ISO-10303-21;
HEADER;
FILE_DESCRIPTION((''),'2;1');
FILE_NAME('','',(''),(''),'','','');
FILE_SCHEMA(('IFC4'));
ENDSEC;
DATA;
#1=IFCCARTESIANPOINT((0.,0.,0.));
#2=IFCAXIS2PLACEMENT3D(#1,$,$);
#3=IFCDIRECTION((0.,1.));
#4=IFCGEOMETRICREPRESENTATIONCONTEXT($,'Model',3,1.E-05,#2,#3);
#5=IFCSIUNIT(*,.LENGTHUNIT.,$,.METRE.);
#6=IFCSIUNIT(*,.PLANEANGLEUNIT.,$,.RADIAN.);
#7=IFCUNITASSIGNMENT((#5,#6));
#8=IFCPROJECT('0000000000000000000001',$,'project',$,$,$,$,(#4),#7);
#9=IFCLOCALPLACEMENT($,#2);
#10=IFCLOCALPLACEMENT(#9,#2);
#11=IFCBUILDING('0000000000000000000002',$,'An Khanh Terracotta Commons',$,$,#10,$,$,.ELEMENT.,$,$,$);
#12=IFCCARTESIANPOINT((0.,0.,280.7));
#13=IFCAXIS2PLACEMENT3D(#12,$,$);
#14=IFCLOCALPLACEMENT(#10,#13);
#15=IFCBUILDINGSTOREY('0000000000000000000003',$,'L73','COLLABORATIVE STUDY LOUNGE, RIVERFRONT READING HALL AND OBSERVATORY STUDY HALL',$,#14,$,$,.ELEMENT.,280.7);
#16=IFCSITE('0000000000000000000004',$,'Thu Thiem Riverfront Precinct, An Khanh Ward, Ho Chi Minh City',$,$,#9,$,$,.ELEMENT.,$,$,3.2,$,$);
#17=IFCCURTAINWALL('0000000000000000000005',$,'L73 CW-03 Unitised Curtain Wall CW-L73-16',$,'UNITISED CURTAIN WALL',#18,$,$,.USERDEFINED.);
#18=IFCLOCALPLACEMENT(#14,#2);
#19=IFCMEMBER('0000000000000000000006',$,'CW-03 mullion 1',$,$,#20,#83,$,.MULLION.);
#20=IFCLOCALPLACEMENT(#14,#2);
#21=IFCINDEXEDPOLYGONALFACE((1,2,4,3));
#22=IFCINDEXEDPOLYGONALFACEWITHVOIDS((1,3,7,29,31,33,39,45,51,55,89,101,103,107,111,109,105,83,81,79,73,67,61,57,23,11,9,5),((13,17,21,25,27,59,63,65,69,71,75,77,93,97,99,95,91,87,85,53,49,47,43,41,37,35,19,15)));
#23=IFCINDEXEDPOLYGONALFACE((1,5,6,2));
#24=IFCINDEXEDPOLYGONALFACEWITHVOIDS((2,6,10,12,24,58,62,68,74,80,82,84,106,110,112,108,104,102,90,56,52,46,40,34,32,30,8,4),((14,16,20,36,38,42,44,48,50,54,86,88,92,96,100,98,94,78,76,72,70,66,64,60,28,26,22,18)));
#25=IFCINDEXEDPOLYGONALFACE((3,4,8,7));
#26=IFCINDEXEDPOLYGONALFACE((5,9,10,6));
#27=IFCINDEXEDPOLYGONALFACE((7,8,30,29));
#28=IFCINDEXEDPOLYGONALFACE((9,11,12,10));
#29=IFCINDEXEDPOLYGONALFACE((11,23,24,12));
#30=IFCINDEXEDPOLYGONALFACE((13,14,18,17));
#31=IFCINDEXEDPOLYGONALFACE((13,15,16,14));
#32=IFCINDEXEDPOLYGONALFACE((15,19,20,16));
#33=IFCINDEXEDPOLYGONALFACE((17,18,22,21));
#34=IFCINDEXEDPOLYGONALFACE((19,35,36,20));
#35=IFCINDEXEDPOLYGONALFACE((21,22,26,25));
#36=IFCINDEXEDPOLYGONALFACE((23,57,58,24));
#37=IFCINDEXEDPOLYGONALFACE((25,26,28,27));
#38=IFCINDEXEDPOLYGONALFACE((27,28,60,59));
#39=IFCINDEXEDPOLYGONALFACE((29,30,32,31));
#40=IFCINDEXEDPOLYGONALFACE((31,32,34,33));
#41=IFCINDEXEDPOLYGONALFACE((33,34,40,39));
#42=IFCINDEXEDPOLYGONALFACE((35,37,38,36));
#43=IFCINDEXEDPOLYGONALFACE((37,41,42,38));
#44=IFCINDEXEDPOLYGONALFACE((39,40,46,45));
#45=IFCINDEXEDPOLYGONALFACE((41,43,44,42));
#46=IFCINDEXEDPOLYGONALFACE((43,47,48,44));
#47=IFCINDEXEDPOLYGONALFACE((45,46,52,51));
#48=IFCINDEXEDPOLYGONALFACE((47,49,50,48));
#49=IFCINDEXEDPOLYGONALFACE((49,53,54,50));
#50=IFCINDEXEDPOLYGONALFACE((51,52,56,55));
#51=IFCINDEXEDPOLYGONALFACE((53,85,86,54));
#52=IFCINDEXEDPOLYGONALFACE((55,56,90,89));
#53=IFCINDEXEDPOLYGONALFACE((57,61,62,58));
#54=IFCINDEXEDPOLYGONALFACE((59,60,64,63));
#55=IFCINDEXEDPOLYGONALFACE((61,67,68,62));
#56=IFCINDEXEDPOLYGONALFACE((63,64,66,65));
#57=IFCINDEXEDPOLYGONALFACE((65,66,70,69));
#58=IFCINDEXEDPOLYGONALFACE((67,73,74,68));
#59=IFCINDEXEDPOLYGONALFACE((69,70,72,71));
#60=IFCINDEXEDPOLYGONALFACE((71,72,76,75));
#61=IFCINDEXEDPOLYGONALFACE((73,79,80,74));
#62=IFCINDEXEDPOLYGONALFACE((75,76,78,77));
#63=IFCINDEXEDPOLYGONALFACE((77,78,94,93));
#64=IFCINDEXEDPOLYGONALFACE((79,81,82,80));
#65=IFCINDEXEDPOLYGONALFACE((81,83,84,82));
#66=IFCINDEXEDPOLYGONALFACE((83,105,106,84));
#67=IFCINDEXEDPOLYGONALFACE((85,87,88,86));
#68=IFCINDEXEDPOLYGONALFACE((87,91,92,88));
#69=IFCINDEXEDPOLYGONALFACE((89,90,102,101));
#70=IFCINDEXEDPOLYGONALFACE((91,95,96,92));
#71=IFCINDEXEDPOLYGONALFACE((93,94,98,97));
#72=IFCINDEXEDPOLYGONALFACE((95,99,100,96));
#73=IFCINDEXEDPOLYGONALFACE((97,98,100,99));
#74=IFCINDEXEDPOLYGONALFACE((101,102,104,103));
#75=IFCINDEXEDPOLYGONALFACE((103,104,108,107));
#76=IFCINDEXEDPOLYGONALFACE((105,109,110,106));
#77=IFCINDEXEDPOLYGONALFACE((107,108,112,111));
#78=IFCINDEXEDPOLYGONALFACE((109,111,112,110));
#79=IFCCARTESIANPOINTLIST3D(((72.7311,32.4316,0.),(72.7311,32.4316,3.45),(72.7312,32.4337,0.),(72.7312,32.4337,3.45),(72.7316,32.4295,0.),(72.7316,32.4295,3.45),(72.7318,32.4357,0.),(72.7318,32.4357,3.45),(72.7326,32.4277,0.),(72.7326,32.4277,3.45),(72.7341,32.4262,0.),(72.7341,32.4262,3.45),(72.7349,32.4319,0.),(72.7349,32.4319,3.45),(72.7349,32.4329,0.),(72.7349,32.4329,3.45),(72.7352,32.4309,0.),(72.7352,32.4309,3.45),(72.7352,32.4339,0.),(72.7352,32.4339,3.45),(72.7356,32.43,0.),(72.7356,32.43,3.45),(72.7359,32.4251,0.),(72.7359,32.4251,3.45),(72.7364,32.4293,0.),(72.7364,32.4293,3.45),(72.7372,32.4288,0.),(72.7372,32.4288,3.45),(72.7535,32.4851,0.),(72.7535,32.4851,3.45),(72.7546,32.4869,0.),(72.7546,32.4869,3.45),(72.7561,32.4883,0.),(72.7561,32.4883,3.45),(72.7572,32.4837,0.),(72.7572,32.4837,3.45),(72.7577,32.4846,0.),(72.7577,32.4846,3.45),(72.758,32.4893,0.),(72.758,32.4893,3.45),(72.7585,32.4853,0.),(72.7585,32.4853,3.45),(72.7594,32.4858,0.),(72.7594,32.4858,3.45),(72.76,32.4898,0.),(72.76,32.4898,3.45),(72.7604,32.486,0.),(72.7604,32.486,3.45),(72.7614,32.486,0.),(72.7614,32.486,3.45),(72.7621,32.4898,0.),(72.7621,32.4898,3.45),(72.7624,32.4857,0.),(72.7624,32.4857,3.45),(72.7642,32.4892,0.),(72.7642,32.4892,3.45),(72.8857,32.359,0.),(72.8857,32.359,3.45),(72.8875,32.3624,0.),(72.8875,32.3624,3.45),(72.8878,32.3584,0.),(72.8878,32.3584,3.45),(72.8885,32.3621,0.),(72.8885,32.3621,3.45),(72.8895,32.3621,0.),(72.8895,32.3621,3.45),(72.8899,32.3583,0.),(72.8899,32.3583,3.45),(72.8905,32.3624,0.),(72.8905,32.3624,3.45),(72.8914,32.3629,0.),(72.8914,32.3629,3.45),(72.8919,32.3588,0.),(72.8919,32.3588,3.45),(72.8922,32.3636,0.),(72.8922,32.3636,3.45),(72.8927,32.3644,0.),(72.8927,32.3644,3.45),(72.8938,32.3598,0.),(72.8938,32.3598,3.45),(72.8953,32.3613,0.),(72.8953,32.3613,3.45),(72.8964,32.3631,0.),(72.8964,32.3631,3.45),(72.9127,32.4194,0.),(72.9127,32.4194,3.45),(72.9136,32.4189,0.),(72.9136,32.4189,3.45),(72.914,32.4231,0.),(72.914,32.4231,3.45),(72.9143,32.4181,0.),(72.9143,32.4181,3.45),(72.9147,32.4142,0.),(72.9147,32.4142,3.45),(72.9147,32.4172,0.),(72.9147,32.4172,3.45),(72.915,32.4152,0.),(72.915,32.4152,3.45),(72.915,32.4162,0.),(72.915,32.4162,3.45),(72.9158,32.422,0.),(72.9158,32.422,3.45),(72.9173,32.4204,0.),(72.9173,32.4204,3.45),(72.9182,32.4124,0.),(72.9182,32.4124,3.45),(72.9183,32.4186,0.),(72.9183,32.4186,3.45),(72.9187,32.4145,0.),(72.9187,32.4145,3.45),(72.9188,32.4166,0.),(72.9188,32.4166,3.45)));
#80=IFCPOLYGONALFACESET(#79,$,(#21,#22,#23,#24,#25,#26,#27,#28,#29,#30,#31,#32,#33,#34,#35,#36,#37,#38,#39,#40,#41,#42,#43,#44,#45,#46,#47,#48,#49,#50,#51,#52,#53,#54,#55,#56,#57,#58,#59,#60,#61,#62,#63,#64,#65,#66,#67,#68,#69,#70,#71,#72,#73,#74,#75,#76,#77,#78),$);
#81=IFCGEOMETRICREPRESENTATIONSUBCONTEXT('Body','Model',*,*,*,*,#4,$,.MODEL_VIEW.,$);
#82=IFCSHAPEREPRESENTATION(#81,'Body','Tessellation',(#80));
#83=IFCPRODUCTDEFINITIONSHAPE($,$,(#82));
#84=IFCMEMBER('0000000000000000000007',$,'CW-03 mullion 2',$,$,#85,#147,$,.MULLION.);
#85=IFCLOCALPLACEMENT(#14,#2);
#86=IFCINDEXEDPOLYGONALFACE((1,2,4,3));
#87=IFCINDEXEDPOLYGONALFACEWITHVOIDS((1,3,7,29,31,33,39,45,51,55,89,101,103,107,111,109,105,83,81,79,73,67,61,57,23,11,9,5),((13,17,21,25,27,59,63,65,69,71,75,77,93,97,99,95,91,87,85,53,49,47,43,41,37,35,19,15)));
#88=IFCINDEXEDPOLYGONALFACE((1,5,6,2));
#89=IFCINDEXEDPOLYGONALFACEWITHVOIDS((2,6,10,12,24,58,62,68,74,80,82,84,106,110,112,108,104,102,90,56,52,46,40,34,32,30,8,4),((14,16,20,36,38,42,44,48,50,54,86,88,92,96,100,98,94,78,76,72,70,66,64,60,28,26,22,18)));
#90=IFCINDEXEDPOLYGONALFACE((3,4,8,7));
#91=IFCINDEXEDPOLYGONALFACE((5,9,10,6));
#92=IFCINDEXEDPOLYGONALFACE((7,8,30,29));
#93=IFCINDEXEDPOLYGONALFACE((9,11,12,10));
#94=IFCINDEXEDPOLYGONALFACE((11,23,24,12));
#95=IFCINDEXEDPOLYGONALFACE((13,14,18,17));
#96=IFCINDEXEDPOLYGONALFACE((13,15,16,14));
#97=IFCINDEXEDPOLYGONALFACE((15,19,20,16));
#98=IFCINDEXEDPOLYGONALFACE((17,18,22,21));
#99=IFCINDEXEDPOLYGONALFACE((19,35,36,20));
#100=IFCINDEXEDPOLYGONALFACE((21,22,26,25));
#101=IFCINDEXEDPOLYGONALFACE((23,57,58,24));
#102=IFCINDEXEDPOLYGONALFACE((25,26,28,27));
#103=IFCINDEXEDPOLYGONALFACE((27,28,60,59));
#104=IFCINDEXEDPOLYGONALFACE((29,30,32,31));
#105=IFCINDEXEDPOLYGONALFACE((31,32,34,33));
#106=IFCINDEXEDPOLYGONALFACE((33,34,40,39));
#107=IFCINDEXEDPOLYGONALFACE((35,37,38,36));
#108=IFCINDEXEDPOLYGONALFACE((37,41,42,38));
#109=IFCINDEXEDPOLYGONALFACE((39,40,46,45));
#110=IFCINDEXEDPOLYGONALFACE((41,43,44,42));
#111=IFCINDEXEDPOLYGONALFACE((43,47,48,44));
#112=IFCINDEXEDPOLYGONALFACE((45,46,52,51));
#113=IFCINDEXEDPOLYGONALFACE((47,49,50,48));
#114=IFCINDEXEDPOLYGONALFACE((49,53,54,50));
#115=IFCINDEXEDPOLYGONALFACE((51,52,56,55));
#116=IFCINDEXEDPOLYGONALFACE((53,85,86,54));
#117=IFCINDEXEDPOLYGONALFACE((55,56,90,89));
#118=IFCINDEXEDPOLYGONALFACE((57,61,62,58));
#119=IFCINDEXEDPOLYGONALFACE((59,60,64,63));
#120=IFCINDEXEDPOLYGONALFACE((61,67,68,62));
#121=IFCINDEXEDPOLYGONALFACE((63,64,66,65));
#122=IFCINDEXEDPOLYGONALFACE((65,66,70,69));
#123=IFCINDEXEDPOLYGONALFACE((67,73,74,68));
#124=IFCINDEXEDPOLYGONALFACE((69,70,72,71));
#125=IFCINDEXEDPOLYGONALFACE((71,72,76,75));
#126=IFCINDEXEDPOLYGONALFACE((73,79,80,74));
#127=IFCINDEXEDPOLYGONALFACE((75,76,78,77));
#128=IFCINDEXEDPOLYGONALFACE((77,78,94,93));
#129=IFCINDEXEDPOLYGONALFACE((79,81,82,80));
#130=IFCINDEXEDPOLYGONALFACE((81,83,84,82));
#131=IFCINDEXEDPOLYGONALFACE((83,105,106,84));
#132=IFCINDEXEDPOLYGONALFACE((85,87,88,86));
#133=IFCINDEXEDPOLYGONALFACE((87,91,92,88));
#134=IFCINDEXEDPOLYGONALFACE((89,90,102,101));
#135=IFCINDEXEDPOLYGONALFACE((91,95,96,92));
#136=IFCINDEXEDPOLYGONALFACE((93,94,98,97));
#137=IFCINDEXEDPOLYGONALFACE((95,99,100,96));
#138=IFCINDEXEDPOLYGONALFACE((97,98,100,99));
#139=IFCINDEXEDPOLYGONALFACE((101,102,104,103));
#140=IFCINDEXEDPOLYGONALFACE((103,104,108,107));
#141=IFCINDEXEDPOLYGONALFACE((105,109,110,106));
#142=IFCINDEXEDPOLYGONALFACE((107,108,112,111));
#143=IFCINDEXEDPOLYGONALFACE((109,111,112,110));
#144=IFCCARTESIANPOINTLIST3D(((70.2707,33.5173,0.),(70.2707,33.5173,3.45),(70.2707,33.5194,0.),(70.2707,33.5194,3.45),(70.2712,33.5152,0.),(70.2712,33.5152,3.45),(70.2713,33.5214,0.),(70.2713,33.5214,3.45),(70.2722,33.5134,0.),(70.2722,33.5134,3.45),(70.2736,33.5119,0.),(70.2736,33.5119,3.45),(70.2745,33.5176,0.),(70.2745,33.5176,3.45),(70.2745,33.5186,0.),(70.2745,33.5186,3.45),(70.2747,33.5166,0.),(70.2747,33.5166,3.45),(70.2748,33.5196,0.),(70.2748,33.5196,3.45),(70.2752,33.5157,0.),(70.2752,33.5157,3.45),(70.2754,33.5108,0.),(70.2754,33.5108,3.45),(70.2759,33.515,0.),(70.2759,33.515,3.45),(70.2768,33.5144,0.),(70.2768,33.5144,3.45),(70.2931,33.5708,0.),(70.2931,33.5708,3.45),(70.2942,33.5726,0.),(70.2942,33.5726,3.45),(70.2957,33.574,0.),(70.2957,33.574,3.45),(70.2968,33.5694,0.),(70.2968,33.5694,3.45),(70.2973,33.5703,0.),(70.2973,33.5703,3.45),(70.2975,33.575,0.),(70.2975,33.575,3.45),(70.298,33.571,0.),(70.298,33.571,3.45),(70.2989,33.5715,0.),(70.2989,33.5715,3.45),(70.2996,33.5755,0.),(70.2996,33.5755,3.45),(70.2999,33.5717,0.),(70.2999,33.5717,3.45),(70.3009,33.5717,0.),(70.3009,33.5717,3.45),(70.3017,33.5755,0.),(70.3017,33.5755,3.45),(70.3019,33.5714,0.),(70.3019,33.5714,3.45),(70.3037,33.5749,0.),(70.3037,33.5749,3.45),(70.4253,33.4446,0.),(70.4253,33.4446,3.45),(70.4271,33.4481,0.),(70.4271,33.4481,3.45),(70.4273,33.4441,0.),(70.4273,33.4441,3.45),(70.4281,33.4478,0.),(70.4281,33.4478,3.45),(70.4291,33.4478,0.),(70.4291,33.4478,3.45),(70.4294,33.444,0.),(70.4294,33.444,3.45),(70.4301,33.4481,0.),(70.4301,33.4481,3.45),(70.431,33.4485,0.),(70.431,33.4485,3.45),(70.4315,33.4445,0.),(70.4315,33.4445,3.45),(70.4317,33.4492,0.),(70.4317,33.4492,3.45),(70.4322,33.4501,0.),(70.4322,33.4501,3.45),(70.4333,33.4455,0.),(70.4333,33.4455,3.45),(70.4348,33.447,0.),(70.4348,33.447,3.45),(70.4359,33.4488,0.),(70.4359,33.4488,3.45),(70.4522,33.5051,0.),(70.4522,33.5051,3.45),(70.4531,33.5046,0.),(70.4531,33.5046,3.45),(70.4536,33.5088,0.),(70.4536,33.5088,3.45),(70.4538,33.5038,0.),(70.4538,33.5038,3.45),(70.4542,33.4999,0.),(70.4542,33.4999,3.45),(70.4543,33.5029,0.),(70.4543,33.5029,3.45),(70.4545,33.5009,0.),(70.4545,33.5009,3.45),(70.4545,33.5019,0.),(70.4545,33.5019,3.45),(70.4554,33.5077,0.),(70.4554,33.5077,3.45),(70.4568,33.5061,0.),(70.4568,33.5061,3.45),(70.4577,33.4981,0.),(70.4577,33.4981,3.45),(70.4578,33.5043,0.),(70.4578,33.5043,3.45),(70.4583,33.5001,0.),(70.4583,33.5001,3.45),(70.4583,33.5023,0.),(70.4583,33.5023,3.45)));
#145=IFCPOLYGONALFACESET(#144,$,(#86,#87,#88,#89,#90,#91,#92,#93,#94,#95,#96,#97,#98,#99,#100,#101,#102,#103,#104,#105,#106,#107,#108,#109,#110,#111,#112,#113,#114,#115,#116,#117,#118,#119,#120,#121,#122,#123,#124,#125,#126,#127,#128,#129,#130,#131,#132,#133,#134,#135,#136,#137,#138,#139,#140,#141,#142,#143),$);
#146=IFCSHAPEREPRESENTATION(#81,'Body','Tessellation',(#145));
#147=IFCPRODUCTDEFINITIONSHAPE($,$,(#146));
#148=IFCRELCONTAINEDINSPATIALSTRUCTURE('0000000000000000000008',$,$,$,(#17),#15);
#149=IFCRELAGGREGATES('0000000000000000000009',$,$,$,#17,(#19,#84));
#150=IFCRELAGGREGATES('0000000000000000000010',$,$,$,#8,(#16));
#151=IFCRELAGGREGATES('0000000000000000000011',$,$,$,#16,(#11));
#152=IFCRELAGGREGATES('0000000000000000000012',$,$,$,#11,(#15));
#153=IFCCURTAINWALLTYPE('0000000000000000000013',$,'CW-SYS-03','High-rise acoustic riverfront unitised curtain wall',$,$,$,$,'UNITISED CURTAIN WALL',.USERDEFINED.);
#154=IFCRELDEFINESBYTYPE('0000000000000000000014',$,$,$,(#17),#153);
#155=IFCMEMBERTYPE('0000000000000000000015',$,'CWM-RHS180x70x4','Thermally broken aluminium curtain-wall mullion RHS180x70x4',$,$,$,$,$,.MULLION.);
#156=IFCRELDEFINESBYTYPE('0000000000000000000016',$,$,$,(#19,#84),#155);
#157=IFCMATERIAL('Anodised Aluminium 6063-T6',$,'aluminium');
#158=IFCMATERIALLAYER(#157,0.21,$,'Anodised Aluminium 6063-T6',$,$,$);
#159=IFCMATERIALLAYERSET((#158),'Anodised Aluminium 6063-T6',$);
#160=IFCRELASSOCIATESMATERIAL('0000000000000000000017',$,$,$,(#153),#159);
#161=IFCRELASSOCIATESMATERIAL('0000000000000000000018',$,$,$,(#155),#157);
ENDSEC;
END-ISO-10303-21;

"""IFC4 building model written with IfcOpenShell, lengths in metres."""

from ifc_helpers import new_model, si_unit, direction, frame, origin, origin_2d, place, context, subcontext, project, spatial, hollow_rectangle, extrude, material, layer, layer_set, material_profile, profile_set, type_object, element, aggregate, save


model = new_model("IFC4")

# Units and contexts
model_context = context("Model", 3, precision=1e-05, world=origin(), true_north=direction((0.0, 1.0)))
body_context = subcontext(model_context, "Body", "Model", "MODEL_VIEW")
ifc_project = project(units=[si_unit("LENGTHUNIT", "METRE"), si_unit("PLANEANGLEUNIT", "RADIAN")], contexts=[model_context])

# Site, building, storey
site_placement = place(None, origin())
site = spatial("IfcSite", under=ifc_project, at=site_placement, Name="Thu Thiem Riverfront Precinct, An Khanh Ward, Ho Chi Minh City", CompositionType="ELEMENT", RefElevation=3.2)
building_placement = place(site_placement, origin())
building = spatial("IfcBuilding", under=site, at=building_placement, Name="An Khanh Terracotta Commons", CompositionType="ELEMENT")
storey_placement = place(building_placement, frame((0.0, 0.0, 280.7)))
storey = spatial("IfcBuildingStorey", under=building, at=storey_placement, Name="L73", Description="COLLABORATIVE STUDY LOUNGE, RIVERFRONT READING HALL AND OBSERVATORY STUDY HALL", CompositionType="ELEMENT", Elevation=280.7)

# Curtain wall, members
ifc_material_1 = material(Name="Anodised Aluminium 6063-T6", Category="aluminium")
ifc_layer_1 = layer(ifc_material_1, 0.21, Name="Anodised Aluminium 6063-T6")
ifc_layer_set_1 = layer_set([ifc_layer_1], Name="Anodised Aluminium 6063-T6")
curtain_wall_type = type_object("IfcCurtainWallType", Name="CW-SYS-03", Description="High-rise acoustic riverfront unitised curtain wall", ElementType="UNITISED CURTAIN WALL", PredefinedType="USERDEFINED", material=ifc_layer_set_1)
ifc_material_profile_1 = material_profile(ifc_material_1, hollow_rectangle(XDim=0.0701, YDim=0.1799, WallThickness=0.0039, InnerFilletRadius=0.0039, OuterFilletRadius=0.0081, at=origin_2d()), Name="RHS180x70x4")
ifc_profile_set_1 = profile_set([ifc_material_profile_1], Name="Anodised Aluminium 6063-T6")
member_type_1 = type_object("IfcMemberType", Name="CWM-RHS180x70x4", Description="Thermally broken aluminium curtain-wall mullion RHS180x70x4", PredefinedType="MULLION", material=ifc_profile_set_1)
curtain_wall_1_placement = place(storey_placement, origin())
curtain_wall_1 = element("IfcCurtainWall", 1, at=curtain_wall_1_placement, inside=storey, type_object=curtain_wall_type, Name="L73 CW-03 Unitised Curtain Wall CW-L73-16", ObjectType="UNITISED CURTAIN WALL", PredefinedType="USERDEFINED")
member_1_placement = place(storey_placement, frame((72.825, 32.4241, 0.0), z_axis=(0.0, 0.0, 1.0), x_axis=(-0.403676, -0.914902, 0.0)))
member_1 = element("IfcMember", 2, at=member_1_placement, type_object=member_type_1, Name="CW-03 mullion 1", PredefinedType="MULLION", context=body_context, shape_type="SweptSolid", body=[
    extrude(hollow_rectangle(XDim=0.0701, YDim=0.1799, WallThickness=0.0039, InnerFilletRadius=0.0039, OuterFilletRadius=0.0081, at=origin_2d()), origin(), (0.0, 0.0, 1.0), 3.45),
])
member_2_placement = place(storey_placement, frame((70.3645, 33.5098, 0.0), z_axis=(0.0, 0.0, 1.0), x_axis=(-0.403676, -0.914902, 0.0)))
member_2 = element("IfcMember", 3, at=member_2_placement, type_object=member_type_1, Name="CW-03 mullion 2", PredefinedType="MULLION", context=body_context, shape_type="SweptSolid", body=[
    extrude(hollow_rectangle(XDim=0.0701, YDim=0.1799, WallThickness=0.0039, InnerFilletRadius=0.0039, OuterFilletRadius=0.0081, at=origin_2d()), origin(), (0.0, 0.0, 1.0), 3.45),
])

aggregate(curtain_wall_1, [member_1, member_2])

save(model, "model.ifc")
